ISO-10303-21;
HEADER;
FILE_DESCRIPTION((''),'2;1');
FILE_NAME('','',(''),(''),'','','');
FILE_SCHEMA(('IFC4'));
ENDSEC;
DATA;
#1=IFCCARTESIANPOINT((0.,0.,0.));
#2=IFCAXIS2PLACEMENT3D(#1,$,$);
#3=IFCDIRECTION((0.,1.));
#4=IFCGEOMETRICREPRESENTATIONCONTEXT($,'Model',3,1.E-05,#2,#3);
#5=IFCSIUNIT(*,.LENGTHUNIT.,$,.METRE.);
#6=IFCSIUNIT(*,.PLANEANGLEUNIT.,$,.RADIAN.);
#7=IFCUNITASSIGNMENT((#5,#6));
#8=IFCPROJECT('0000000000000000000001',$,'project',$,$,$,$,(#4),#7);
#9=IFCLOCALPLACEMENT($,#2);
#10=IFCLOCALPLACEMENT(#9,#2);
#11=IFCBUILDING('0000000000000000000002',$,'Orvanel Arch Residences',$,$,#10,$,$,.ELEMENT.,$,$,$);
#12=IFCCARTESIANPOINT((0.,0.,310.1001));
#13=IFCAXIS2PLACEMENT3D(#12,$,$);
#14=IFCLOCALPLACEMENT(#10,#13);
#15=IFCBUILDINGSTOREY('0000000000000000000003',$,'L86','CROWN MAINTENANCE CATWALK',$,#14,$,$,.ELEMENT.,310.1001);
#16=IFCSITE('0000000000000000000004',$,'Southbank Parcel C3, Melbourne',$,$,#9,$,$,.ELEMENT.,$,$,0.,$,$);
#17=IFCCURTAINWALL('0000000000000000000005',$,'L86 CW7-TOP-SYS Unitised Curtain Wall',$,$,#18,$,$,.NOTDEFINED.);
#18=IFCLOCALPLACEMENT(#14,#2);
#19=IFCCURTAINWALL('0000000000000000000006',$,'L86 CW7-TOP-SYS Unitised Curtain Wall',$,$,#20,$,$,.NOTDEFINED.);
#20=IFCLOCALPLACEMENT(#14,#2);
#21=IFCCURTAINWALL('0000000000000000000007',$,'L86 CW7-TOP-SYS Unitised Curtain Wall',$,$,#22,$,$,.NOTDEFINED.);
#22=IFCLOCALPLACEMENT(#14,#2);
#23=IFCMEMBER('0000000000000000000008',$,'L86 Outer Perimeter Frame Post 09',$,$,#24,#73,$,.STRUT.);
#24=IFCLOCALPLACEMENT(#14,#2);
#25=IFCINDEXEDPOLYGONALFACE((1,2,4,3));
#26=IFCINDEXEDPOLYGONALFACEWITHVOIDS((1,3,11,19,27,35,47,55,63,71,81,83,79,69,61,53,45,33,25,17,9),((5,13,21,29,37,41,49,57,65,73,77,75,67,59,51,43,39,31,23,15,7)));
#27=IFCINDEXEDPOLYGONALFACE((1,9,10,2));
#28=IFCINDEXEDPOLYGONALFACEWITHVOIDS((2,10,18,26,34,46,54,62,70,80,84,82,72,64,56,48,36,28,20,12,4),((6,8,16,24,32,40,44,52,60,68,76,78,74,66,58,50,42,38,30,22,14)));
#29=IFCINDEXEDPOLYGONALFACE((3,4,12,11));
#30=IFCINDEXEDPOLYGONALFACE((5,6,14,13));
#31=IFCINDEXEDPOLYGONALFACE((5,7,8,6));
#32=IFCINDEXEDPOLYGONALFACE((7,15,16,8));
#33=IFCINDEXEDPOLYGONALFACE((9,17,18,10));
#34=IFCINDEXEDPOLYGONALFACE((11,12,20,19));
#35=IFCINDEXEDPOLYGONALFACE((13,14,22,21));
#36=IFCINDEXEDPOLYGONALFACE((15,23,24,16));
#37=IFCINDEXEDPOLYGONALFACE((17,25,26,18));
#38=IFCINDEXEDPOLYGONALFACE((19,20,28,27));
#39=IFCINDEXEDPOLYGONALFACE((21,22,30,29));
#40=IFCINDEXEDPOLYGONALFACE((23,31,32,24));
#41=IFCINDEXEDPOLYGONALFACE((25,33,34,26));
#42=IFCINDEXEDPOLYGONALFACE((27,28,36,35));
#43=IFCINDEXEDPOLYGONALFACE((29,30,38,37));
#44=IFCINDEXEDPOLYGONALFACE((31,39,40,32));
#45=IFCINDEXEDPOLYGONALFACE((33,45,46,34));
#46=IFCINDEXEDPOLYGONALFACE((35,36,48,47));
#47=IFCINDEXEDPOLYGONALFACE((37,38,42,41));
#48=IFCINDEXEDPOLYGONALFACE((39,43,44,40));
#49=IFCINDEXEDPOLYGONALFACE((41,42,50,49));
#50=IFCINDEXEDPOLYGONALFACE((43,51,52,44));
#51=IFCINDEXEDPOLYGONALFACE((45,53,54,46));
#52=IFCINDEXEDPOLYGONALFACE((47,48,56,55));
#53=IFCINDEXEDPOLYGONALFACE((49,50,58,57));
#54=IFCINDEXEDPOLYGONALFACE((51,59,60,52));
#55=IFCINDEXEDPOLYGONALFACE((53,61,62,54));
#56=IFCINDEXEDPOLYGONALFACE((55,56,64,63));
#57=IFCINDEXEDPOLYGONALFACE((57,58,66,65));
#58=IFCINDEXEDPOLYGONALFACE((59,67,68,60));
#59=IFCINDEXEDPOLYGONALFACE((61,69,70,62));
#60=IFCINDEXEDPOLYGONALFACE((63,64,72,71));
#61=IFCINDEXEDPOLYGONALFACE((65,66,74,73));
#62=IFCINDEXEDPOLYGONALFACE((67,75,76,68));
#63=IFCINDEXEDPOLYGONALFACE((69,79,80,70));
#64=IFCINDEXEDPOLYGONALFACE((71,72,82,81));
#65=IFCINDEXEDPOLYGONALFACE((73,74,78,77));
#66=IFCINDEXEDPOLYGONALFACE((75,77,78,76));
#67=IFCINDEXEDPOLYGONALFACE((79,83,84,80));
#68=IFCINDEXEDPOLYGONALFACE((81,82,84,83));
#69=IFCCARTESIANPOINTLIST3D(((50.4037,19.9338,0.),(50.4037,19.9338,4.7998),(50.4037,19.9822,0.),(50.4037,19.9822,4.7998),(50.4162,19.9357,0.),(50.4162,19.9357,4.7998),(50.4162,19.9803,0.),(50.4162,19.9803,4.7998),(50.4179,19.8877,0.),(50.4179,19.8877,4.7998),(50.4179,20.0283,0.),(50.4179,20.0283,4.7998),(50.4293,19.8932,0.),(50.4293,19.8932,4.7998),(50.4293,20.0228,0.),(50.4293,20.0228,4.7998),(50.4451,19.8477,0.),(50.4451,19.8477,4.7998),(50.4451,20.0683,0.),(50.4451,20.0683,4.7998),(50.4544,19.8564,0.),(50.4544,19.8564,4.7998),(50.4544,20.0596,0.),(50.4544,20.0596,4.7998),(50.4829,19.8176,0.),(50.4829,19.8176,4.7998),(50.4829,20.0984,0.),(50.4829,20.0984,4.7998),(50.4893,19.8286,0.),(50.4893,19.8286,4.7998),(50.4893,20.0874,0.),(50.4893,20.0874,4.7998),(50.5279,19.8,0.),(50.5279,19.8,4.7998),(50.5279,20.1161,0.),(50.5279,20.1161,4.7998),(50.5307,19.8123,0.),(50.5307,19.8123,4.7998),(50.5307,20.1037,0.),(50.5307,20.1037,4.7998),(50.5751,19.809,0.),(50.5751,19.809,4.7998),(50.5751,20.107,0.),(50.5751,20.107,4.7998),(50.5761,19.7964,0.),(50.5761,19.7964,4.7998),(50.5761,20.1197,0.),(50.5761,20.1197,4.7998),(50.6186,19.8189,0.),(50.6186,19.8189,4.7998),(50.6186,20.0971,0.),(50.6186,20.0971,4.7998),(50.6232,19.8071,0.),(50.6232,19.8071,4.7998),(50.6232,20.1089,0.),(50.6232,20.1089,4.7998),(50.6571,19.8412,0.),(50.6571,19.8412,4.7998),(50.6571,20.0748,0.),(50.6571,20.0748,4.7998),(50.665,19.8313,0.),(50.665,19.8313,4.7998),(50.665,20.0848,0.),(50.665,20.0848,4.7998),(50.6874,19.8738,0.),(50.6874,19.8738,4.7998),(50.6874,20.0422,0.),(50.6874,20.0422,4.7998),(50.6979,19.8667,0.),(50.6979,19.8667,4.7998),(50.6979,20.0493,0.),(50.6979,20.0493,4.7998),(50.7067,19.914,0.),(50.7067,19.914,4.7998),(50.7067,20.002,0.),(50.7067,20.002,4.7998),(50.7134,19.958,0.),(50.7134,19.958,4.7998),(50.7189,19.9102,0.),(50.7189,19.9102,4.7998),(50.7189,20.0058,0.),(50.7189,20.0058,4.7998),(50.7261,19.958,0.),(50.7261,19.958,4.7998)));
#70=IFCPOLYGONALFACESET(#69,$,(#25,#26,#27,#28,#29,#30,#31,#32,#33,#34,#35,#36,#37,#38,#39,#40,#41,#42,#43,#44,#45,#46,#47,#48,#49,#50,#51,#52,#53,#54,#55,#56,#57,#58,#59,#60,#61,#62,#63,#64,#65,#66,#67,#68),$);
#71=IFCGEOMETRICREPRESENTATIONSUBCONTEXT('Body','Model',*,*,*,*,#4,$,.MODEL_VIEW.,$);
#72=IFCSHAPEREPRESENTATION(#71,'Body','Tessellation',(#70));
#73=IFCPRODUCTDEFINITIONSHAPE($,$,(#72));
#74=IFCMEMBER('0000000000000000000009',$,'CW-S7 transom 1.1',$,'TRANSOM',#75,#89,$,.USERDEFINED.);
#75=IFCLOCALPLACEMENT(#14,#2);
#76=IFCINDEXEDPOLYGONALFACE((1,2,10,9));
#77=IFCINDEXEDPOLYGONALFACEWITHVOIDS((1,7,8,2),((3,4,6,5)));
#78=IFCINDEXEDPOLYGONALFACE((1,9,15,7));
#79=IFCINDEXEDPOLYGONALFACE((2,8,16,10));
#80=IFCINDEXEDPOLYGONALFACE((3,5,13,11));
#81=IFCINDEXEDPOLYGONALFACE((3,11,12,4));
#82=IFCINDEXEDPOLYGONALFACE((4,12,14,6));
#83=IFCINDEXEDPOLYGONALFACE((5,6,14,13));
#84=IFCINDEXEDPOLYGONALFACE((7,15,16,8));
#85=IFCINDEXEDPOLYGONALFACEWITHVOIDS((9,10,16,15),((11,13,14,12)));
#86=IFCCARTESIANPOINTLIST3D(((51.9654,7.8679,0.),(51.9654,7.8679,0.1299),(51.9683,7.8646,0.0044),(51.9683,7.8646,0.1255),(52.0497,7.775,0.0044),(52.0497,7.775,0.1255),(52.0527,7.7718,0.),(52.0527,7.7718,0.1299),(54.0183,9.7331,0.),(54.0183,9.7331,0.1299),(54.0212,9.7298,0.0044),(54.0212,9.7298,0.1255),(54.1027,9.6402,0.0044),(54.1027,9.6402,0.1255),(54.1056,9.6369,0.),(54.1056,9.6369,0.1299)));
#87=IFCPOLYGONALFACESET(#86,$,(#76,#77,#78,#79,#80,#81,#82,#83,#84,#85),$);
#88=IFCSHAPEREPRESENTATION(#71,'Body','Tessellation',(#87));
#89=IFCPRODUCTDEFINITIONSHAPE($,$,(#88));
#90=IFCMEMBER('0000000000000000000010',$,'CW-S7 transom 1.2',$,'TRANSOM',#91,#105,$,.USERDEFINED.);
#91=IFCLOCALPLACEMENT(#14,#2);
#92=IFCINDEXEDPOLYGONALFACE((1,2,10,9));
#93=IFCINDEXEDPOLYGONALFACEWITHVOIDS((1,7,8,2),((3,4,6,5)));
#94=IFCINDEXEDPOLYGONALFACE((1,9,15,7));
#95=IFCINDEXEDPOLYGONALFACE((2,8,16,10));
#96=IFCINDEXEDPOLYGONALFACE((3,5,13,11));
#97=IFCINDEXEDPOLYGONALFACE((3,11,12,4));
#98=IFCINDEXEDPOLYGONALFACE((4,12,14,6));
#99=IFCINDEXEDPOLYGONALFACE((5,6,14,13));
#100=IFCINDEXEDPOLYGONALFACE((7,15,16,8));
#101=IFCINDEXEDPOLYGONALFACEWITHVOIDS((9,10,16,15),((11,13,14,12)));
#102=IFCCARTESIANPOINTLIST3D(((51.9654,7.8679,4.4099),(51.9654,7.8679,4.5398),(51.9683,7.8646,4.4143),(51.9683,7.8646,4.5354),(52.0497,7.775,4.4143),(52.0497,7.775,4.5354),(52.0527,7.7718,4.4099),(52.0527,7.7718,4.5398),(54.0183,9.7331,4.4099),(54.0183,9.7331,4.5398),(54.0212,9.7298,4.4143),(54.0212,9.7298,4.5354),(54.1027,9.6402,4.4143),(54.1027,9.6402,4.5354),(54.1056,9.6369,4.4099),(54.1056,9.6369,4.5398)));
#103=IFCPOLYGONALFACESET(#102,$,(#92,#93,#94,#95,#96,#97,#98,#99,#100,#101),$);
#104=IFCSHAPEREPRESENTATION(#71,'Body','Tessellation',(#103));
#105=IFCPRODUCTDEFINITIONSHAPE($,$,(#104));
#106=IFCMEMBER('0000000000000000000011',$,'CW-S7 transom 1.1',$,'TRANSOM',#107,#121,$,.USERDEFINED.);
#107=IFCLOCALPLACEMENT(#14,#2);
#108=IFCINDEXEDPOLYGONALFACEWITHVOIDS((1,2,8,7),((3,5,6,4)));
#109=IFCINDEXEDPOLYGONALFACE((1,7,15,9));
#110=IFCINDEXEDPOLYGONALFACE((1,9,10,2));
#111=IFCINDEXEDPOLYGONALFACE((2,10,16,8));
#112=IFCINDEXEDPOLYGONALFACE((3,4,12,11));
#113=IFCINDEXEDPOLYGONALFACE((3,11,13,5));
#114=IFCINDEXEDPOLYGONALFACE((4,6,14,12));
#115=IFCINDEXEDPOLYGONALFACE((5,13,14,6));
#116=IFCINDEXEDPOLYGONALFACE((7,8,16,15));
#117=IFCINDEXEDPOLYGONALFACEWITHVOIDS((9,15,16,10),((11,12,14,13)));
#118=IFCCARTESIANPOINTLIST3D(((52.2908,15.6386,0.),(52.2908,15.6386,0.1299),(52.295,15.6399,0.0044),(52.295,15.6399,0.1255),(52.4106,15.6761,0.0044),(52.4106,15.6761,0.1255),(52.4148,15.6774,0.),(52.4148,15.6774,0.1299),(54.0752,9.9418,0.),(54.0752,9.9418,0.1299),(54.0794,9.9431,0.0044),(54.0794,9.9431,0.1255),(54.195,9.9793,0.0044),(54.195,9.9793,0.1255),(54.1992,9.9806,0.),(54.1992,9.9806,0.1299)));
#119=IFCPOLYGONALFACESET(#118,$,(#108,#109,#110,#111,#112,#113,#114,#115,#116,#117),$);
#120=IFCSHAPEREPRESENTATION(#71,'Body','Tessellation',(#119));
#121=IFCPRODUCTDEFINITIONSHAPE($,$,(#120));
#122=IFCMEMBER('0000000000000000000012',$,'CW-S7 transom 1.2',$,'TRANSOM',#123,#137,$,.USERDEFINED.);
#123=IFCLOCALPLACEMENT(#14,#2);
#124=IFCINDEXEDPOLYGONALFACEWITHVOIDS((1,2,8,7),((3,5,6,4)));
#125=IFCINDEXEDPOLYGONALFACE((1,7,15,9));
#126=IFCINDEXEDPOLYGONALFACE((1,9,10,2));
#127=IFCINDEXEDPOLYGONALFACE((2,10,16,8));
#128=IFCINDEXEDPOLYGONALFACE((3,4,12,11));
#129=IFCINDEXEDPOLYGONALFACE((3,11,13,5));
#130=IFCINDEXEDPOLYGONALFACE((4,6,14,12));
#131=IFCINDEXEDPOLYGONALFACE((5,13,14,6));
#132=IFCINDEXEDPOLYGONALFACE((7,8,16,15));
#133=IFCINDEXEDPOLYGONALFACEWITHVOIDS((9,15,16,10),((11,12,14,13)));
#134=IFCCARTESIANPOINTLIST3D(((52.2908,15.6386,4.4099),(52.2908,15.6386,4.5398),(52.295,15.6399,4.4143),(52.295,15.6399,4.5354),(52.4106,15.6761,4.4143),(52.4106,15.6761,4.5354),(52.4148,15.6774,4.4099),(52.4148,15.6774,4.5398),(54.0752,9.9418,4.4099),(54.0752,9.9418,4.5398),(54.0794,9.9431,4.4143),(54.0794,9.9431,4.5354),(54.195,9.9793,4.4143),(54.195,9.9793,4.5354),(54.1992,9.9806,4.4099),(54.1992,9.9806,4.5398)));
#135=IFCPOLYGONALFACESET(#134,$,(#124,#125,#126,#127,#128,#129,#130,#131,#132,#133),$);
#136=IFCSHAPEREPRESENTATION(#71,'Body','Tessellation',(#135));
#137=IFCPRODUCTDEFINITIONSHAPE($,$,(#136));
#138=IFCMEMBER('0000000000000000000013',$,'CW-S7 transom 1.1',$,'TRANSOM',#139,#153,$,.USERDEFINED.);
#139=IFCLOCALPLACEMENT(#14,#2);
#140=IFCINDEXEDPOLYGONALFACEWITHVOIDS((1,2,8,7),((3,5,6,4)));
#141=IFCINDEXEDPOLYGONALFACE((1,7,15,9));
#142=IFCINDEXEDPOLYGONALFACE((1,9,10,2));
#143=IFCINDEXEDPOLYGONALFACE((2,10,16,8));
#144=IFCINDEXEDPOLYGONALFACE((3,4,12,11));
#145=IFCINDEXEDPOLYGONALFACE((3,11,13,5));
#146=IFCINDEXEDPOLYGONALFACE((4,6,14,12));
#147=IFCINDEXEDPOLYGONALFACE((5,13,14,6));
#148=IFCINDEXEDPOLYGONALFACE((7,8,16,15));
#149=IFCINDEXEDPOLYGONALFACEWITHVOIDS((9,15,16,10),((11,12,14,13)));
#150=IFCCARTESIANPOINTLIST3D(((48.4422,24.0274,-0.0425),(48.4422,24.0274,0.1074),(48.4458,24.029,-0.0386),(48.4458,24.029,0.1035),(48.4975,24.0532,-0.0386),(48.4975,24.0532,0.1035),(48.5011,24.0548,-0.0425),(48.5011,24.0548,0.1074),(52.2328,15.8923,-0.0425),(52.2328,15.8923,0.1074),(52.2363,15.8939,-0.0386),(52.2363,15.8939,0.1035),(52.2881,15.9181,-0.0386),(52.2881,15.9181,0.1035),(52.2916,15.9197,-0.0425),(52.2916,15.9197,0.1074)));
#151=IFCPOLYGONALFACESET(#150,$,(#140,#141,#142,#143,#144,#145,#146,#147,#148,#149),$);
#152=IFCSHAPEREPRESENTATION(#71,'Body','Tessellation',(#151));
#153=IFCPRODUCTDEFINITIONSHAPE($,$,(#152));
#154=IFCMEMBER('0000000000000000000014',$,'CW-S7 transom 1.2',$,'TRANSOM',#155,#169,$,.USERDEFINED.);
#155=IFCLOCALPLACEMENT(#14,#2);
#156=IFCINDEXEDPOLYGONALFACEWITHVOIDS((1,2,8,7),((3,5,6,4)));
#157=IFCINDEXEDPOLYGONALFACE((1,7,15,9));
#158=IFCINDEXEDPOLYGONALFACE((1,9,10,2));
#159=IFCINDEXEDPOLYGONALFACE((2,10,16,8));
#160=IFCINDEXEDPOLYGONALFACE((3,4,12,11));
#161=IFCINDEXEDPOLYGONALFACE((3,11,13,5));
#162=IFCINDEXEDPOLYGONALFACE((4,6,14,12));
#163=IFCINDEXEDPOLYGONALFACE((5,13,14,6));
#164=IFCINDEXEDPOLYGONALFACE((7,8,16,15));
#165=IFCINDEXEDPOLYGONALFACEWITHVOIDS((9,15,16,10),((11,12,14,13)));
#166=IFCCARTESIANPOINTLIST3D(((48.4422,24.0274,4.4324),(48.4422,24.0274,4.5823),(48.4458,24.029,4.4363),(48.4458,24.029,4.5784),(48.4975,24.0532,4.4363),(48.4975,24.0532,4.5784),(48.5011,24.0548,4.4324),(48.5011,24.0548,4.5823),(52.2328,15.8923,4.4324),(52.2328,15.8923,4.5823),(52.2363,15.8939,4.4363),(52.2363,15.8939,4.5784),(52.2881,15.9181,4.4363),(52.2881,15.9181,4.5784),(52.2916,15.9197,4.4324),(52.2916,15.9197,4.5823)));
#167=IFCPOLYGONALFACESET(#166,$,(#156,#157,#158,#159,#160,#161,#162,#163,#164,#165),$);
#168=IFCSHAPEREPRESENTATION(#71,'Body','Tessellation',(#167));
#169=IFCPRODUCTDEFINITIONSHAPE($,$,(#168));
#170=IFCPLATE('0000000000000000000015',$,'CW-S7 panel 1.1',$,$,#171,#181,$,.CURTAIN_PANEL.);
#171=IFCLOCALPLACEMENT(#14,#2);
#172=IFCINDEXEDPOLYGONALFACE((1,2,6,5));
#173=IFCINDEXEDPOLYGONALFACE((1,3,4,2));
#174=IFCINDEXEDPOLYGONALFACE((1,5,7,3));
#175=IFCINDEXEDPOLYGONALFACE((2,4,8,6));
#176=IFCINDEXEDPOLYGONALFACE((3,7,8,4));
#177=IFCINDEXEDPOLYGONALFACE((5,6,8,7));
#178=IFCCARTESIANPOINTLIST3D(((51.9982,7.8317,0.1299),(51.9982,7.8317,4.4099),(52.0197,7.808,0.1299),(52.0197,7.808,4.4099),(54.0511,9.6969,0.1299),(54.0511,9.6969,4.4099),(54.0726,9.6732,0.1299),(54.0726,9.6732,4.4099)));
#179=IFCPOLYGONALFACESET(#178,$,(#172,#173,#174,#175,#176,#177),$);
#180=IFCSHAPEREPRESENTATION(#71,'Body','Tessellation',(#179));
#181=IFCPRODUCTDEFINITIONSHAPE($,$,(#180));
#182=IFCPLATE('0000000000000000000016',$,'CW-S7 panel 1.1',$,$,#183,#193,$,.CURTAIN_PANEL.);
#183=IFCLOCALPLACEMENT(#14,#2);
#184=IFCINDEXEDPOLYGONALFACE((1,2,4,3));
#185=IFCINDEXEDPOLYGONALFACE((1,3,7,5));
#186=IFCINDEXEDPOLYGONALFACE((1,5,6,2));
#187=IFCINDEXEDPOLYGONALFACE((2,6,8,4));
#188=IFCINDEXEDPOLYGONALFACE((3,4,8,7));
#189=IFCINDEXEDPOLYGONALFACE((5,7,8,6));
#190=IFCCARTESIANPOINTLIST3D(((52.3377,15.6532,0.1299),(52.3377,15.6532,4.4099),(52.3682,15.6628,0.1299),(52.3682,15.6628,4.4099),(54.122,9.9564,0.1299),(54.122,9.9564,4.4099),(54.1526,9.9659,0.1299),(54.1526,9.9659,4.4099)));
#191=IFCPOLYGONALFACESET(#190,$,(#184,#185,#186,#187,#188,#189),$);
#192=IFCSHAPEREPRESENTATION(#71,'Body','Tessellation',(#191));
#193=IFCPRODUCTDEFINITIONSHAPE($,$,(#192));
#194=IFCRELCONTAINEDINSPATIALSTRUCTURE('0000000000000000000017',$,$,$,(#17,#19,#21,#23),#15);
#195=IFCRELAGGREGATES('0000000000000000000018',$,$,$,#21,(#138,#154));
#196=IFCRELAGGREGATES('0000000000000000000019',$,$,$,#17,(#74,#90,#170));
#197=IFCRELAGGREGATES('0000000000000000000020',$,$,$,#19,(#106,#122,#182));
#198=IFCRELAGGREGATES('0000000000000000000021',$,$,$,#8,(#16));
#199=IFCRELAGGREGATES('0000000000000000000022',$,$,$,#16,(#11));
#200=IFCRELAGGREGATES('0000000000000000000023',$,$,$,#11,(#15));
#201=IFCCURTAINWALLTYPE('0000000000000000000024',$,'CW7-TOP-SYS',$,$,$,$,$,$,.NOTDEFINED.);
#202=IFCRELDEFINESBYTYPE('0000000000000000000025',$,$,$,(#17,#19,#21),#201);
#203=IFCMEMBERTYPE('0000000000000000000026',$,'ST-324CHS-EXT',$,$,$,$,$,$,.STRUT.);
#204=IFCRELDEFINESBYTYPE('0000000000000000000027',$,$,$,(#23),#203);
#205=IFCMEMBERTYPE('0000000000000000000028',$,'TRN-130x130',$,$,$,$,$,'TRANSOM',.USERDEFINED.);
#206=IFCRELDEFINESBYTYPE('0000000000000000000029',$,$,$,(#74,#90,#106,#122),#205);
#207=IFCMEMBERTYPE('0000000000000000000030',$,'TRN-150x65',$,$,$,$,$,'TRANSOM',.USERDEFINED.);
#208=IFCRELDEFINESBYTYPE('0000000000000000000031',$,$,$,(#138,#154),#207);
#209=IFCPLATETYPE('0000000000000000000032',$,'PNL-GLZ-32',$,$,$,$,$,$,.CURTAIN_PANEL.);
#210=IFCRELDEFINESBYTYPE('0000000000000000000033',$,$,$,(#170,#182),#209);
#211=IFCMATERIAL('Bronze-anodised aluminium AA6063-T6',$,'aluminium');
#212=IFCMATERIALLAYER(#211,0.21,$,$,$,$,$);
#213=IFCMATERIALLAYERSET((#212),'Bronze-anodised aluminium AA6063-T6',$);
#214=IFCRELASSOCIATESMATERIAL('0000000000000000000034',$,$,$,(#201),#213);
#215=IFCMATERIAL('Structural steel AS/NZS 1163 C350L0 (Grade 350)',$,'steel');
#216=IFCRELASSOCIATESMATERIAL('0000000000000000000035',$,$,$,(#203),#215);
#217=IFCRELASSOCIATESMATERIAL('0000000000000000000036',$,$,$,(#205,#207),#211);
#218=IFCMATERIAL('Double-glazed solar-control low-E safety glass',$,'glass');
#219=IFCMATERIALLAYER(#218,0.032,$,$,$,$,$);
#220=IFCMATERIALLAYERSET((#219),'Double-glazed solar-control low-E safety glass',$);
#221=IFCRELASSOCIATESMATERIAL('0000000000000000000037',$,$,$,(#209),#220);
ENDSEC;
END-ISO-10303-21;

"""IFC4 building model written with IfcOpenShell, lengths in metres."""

from ifc_helpers import new_model, si_unit, direction, frame, origin, origin_2d, place, context, subcontext, project, spatial, rectangle, hollow_rectangle, hollow_circle, extrude, material, layer, layer_set, material_profile, profile_set, type_object, element, aggregate, save


model = new_model("IFC4")

# Units and contexts
model_context = context("Model", 3, precision=1e-05, world=origin(), true_north=direction((0.0, 1.0)))
body_context = subcontext(model_context, "Body", "Model", "MODEL_VIEW")
ifc_project = project(units=[si_unit("LENGTHUNIT", "METRE"), si_unit("PLANEANGLEUNIT", "RADIAN")], contexts=[model_context])

# Site, building, storey
site_placement = place(None, origin())
site = spatial("IfcSite", under=ifc_project, at=site_placement, Name="Southbank Parcel C3, Melbourne", CompositionType="ELEMENT", RefElevation=0.0)
building_placement = place(site_placement, origin())
building = spatial("IfcBuilding", under=site, at=building_placement, Name="Orvanel Arch Residences", CompositionType="ELEMENT")
storey_placement = place(building_placement, frame((0.0, 0.0, 310.1001)))
storey = spatial("IfcBuildingStorey", under=building, at=storey_placement, Name="L86", Description="CROWN MAINTENANCE CATWALK", CompositionType="ELEMENT", Elevation=310.1001)

# Curtain walls
ifc_material_1 = material(Name="Bronze-anodised aluminium AA6063-T6", Category="aluminium")
ifc_layer_1 = layer(ifc_material_1, 0.21)
ifc_layer_set_1 = layer_set([ifc_layer_1], Name="Bronze-anodised aluminium AA6063-T6")
curtain_wall_type = type_object("IfcCurtainWallType", Name="CW7-TOP-SYS", PredefinedType="NOTDEFINED", material=ifc_layer_set_1)
curtain_wall_1_placement = place(storey_placement, origin())
curtain_wall_1 = element("IfcCurtainWall", 1, at=curtain_wall_1_placement, inside=storey, type_object=curtain_wall_type, Name="L86 CW7-TOP-SYS Unitised Curtain Wall", PredefinedType="NOTDEFINED")
curtain_wall_2_placement = place(storey_placement, origin())
curtain_wall_2 = element("IfcCurtainWall", 2, at=curtain_wall_2_placement, inside=storey, type_object=curtain_wall_type, Name="L86 CW7-TOP-SYS Unitised Curtain Wall", PredefinedType="NOTDEFINED")

# Curtain wall
curtain_wall_3_placement = place(storey_placement, origin())
curtain_wall_3 = element("IfcCurtainWall", 3, at=curtain_wall_3_placement, inside=storey, type_object=curtain_wall_type, Name="L86 CW7-TOP-SYS Unitised Curtain Wall", PredefinedType="NOTDEFINED")

# Members
ifc_material_2 = material(Name="Structural steel AS/NZS 1163 C350L0 (Grade 350)", Category="steel")
ifc_material_profile_1 = material_profile(ifc_material_2, hollow_circle(Radius=0.1621, WallThickness=0.0127, at=origin_2d()), Name="CHS324x12.7")
ifc_profile_set_1 = profile_set([ifc_material_profile_1], Name="Structural steel AS/NZS 1163 C350L0 (Grade 350)")
member_type_1 = type_object("IfcMemberType", Name="ST-324CHS-EXT", PredefinedType="STRUT", material=ifc_profile_set_1)
member_1_placement = place(storey_placement, frame((50.564, 19.958, 0.0), z_axis=(0.0, 0.0, 1.0), x_axis=(1.0, 0.0, 0.0)))
element("IfcMember", 4, at=member_1_placement, inside=storey, type_object=member_type_1, Name="L86 Outer Perimeter Frame Post 09", PredefinedType="STRUT", context=body_context, shape_type="SweptSolid", body=[
    extrude(hollow_circle(Radius=0.1621, WallThickness=0.0127, at=origin_2d()), origin(), (0.0, 0.0, 1.0), 4.7998),
])
ifc_material_profile_2 = material_profile(ifc_material_1, hollow_rectangle(XDim=0.1299, YDim=0.1299, WallThickness=0.0044, at=origin_2d()), Name="ALU130x130x4.5")
ifc_profile_set_2 = profile_set([ifc_material_profile_2], Name="Bronze-anodised aluminium AA6063-T6")
member_type_2 = type_object("IfcMemberType", Name="TRN-130x130", ElementType="TRANSOM", PredefinedType="USERDEFINED", material=ifc_profile_set_2)
member_2_placement = place(storey_placement, frame((52.009, 7.8198, 0.0649), z_axis=(0.740139, 0.672454, 0.0), x_axis=(-0.672454, 0.740139, 0.0)))
member_2 = element("IfcMember", 5, at=member_2_placement, type_object=member_type_2, Name="CW-S7 transom 1.1", ObjectType="TRANSOM", PredefinedType="USERDEFINED", context=body_context, shape_type="SweptSolid", body=[
    extrude(hollow_rectangle(XDim=0.1299, YDim=0.1299, WallThickness=0.0044, at=origin_2d()), origin(), (0.0, 0.0, 1.0), 2.7737),
])
member_3_placement = place(storey_placement, frame((52.009, 7.8198, 4.4749), z_axis=(0.740139, 0.672454, 0.0), x_axis=(-0.672454, 0.740139, 0.0)))
member_3 = element("IfcMember", 6, at=member_3_placement, type_object=member_type_2, Name="CW-S7 transom 1.2", ObjectType="TRANSOM", PredefinedType="USERDEFINED", context=body_context, shape_type="SweptSolid", body=[
    extrude(hollow_rectangle(XDim=0.1299, YDim=0.1299, WallThickness=0.0044, at=origin_2d()), origin(), (0.0, 0.0, 1.0), 2.7737),
])
member_4_placement = place(storey_placement, frame((54.1372, 9.9612, 0.0649), z_axis=(-0.298913, 0.95428, 0.0), x_axis=(-0.95428, -0.298913, 0.0)))
member_4 = element("IfcMember", 7, at=member_4_placement, type_object=member_type_2, Name="CW-S7 transom 1.1", ObjectType="TRANSOM", PredefinedType="USERDEFINED", context=body_context, shape_type="SweptSolid", body=[
    extrude(hollow_rectangle(XDim=0.1299, YDim=0.1299, WallThickness=0.0044, at=origin_2d()), origin(), (0.0, 0.0, 1.0), 5.9697),
])
member_5_placement = place(storey_placement, frame((54.1372, 9.9612, 4.4749), z_axis=(-0.298913, 0.95428, 0.0), x_axis=(-0.95428, -0.298913, 0.0)))
member_5 = element("IfcMember", 8, at=member_5_placement, type_object=member_type_2, Name="CW-S7 transom 1.2", ObjectType="TRANSOM", PredefinedType="USERDEFINED", context=body_context, shape_type="SweptSolid", body=[
    extrude(hollow_rectangle(XDim=0.1299, YDim=0.1299, WallThickness=0.0044, at=origin_2d()), origin(), (0.0, 0.0, 1.0), 5.9697),
])
ifc_material_profile_3 = material_profile(ifc_material_1, hollow_rectangle(XDim=0.0649, YDim=0.1499, WallThickness=0.0039, at=origin_2d()), Name="ALU150x65x4")
ifc_profile_set_3 = profile_set([ifc_material_profile_3], Name="Bronze-anodised aluminium AA6063-T6")
member_type_3 = type_object("IfcMemberType", Name="TRN-150x65", ElementType="TRANSOM", PredefinedType="USERDEFINED", material=ifc_profile_set_3)
member_6_placement = place(storey_placement, frame((52.2622, 15.906, 0.0325), z_axis=(-0.422354, 0.906431, 0.0), x_axis=(-0.906431, -0.422354, 0.0)))
member_6 = element("IfcMember", 9, at=member_6_placement, type_object=member_type_3, Name="CW-S7 transom 1.1", ObjectType="TRANSOM", PredefinedType="USERDEFINED", context=body_context, shape_type="SweptSolid", body=[
    extrude(hollow_rectangle(XDim=0.0649, YDim=0.1499, WallThickness=0.0039, at=origin_2d()), origin(), (0.0, 0.0, 1.0), 8.9749),
])
member_7_placement = place(storey_placement, frame((52.2622, 15.906, 4.5073), z_axis=(-0.422354, 0.906431, 0.0), x_axis=(-0.906431, -0.422354, 0.0)))
member_7 = element("IfcMember", 10, at=member_7_placement, type_object=member_type_3, Name="CW-S7 transom 1.2", ObjectType="TRANSOM", PredefinedType="USERDEFINED", context=body_context, shape_type="SweptSolid", body=[
    extrude(hollow_rectangle(XDim=0.0649, YDim=0.1499, WallThickness=0.0039, at=origin_2d()), origin(), (0.0, 0.0, 1.0), 8.9749),
])
aggregate(curtain_wall_3, [member_6, member_7])

# Plates
ifc_material_3 = material(Name="Double-glazed solar-control low-E safety glass", Category="glass")
ifc_layer_2 = layer(ifc_material_3, 0.032)
ifc_layer_set_2 = layer_set([ifc_layer_2], Name="Double-glazed solar-control low-E safety glass")
plate_type = type_object("IfcPlateType", Name="PNL-GLZ-32", PredefinedType="CURTAIN_PANEL", material=ifc_layer_set_2)
plate_1_placement = place(storey_placement, frame((53.0354, 8.7524, 0.1299), z_axis=(0.0, 0.0, 1.0), x_axis=(0.740131, 0.672462, 0.0)))
plate_1 = element("IfcPlate", 11, at=plate_1_placement, type_object=plate_type, Name="CW-S7 panel 1.1", PredefinedType="CURTAIN_PANEL", context=body_context, shape_type="SweptSolid", body=[
    extrude(rectangle(XDim=2.7737, YDim=0.032, at=origin_2d()), origin(), (0.0, 0.0, 1.0), 4.28),
])
aggregate(curtain_wall_1, [member_2, member_3, plate_1])
plate_2_placement = place(storey_placement, frame((53.2451, 12.8096, 0.1299), z_axis=(0.0, 0.0, 1.0), x_axis=(-0.298902, 0.954284, 0.0)))
plate_2 = element("IfcPlate", 12, at=plate_2_placement, type_object=plate_type, Name="CW-S7 panel 1.1", PredefinedType="CURTAIN_PANEL", context=body_context, shape_type="SweptSolid", body=[
    extrude(rectangle(XDim=5.9697, YDim=0.032, at=origin_2d()), origin(), (0.0, 0.0, 1.0), 4.28),
])
aggregate(curtain_wall_2, [member_4, member_5, plate_2])

save(model, "model.ifc")
